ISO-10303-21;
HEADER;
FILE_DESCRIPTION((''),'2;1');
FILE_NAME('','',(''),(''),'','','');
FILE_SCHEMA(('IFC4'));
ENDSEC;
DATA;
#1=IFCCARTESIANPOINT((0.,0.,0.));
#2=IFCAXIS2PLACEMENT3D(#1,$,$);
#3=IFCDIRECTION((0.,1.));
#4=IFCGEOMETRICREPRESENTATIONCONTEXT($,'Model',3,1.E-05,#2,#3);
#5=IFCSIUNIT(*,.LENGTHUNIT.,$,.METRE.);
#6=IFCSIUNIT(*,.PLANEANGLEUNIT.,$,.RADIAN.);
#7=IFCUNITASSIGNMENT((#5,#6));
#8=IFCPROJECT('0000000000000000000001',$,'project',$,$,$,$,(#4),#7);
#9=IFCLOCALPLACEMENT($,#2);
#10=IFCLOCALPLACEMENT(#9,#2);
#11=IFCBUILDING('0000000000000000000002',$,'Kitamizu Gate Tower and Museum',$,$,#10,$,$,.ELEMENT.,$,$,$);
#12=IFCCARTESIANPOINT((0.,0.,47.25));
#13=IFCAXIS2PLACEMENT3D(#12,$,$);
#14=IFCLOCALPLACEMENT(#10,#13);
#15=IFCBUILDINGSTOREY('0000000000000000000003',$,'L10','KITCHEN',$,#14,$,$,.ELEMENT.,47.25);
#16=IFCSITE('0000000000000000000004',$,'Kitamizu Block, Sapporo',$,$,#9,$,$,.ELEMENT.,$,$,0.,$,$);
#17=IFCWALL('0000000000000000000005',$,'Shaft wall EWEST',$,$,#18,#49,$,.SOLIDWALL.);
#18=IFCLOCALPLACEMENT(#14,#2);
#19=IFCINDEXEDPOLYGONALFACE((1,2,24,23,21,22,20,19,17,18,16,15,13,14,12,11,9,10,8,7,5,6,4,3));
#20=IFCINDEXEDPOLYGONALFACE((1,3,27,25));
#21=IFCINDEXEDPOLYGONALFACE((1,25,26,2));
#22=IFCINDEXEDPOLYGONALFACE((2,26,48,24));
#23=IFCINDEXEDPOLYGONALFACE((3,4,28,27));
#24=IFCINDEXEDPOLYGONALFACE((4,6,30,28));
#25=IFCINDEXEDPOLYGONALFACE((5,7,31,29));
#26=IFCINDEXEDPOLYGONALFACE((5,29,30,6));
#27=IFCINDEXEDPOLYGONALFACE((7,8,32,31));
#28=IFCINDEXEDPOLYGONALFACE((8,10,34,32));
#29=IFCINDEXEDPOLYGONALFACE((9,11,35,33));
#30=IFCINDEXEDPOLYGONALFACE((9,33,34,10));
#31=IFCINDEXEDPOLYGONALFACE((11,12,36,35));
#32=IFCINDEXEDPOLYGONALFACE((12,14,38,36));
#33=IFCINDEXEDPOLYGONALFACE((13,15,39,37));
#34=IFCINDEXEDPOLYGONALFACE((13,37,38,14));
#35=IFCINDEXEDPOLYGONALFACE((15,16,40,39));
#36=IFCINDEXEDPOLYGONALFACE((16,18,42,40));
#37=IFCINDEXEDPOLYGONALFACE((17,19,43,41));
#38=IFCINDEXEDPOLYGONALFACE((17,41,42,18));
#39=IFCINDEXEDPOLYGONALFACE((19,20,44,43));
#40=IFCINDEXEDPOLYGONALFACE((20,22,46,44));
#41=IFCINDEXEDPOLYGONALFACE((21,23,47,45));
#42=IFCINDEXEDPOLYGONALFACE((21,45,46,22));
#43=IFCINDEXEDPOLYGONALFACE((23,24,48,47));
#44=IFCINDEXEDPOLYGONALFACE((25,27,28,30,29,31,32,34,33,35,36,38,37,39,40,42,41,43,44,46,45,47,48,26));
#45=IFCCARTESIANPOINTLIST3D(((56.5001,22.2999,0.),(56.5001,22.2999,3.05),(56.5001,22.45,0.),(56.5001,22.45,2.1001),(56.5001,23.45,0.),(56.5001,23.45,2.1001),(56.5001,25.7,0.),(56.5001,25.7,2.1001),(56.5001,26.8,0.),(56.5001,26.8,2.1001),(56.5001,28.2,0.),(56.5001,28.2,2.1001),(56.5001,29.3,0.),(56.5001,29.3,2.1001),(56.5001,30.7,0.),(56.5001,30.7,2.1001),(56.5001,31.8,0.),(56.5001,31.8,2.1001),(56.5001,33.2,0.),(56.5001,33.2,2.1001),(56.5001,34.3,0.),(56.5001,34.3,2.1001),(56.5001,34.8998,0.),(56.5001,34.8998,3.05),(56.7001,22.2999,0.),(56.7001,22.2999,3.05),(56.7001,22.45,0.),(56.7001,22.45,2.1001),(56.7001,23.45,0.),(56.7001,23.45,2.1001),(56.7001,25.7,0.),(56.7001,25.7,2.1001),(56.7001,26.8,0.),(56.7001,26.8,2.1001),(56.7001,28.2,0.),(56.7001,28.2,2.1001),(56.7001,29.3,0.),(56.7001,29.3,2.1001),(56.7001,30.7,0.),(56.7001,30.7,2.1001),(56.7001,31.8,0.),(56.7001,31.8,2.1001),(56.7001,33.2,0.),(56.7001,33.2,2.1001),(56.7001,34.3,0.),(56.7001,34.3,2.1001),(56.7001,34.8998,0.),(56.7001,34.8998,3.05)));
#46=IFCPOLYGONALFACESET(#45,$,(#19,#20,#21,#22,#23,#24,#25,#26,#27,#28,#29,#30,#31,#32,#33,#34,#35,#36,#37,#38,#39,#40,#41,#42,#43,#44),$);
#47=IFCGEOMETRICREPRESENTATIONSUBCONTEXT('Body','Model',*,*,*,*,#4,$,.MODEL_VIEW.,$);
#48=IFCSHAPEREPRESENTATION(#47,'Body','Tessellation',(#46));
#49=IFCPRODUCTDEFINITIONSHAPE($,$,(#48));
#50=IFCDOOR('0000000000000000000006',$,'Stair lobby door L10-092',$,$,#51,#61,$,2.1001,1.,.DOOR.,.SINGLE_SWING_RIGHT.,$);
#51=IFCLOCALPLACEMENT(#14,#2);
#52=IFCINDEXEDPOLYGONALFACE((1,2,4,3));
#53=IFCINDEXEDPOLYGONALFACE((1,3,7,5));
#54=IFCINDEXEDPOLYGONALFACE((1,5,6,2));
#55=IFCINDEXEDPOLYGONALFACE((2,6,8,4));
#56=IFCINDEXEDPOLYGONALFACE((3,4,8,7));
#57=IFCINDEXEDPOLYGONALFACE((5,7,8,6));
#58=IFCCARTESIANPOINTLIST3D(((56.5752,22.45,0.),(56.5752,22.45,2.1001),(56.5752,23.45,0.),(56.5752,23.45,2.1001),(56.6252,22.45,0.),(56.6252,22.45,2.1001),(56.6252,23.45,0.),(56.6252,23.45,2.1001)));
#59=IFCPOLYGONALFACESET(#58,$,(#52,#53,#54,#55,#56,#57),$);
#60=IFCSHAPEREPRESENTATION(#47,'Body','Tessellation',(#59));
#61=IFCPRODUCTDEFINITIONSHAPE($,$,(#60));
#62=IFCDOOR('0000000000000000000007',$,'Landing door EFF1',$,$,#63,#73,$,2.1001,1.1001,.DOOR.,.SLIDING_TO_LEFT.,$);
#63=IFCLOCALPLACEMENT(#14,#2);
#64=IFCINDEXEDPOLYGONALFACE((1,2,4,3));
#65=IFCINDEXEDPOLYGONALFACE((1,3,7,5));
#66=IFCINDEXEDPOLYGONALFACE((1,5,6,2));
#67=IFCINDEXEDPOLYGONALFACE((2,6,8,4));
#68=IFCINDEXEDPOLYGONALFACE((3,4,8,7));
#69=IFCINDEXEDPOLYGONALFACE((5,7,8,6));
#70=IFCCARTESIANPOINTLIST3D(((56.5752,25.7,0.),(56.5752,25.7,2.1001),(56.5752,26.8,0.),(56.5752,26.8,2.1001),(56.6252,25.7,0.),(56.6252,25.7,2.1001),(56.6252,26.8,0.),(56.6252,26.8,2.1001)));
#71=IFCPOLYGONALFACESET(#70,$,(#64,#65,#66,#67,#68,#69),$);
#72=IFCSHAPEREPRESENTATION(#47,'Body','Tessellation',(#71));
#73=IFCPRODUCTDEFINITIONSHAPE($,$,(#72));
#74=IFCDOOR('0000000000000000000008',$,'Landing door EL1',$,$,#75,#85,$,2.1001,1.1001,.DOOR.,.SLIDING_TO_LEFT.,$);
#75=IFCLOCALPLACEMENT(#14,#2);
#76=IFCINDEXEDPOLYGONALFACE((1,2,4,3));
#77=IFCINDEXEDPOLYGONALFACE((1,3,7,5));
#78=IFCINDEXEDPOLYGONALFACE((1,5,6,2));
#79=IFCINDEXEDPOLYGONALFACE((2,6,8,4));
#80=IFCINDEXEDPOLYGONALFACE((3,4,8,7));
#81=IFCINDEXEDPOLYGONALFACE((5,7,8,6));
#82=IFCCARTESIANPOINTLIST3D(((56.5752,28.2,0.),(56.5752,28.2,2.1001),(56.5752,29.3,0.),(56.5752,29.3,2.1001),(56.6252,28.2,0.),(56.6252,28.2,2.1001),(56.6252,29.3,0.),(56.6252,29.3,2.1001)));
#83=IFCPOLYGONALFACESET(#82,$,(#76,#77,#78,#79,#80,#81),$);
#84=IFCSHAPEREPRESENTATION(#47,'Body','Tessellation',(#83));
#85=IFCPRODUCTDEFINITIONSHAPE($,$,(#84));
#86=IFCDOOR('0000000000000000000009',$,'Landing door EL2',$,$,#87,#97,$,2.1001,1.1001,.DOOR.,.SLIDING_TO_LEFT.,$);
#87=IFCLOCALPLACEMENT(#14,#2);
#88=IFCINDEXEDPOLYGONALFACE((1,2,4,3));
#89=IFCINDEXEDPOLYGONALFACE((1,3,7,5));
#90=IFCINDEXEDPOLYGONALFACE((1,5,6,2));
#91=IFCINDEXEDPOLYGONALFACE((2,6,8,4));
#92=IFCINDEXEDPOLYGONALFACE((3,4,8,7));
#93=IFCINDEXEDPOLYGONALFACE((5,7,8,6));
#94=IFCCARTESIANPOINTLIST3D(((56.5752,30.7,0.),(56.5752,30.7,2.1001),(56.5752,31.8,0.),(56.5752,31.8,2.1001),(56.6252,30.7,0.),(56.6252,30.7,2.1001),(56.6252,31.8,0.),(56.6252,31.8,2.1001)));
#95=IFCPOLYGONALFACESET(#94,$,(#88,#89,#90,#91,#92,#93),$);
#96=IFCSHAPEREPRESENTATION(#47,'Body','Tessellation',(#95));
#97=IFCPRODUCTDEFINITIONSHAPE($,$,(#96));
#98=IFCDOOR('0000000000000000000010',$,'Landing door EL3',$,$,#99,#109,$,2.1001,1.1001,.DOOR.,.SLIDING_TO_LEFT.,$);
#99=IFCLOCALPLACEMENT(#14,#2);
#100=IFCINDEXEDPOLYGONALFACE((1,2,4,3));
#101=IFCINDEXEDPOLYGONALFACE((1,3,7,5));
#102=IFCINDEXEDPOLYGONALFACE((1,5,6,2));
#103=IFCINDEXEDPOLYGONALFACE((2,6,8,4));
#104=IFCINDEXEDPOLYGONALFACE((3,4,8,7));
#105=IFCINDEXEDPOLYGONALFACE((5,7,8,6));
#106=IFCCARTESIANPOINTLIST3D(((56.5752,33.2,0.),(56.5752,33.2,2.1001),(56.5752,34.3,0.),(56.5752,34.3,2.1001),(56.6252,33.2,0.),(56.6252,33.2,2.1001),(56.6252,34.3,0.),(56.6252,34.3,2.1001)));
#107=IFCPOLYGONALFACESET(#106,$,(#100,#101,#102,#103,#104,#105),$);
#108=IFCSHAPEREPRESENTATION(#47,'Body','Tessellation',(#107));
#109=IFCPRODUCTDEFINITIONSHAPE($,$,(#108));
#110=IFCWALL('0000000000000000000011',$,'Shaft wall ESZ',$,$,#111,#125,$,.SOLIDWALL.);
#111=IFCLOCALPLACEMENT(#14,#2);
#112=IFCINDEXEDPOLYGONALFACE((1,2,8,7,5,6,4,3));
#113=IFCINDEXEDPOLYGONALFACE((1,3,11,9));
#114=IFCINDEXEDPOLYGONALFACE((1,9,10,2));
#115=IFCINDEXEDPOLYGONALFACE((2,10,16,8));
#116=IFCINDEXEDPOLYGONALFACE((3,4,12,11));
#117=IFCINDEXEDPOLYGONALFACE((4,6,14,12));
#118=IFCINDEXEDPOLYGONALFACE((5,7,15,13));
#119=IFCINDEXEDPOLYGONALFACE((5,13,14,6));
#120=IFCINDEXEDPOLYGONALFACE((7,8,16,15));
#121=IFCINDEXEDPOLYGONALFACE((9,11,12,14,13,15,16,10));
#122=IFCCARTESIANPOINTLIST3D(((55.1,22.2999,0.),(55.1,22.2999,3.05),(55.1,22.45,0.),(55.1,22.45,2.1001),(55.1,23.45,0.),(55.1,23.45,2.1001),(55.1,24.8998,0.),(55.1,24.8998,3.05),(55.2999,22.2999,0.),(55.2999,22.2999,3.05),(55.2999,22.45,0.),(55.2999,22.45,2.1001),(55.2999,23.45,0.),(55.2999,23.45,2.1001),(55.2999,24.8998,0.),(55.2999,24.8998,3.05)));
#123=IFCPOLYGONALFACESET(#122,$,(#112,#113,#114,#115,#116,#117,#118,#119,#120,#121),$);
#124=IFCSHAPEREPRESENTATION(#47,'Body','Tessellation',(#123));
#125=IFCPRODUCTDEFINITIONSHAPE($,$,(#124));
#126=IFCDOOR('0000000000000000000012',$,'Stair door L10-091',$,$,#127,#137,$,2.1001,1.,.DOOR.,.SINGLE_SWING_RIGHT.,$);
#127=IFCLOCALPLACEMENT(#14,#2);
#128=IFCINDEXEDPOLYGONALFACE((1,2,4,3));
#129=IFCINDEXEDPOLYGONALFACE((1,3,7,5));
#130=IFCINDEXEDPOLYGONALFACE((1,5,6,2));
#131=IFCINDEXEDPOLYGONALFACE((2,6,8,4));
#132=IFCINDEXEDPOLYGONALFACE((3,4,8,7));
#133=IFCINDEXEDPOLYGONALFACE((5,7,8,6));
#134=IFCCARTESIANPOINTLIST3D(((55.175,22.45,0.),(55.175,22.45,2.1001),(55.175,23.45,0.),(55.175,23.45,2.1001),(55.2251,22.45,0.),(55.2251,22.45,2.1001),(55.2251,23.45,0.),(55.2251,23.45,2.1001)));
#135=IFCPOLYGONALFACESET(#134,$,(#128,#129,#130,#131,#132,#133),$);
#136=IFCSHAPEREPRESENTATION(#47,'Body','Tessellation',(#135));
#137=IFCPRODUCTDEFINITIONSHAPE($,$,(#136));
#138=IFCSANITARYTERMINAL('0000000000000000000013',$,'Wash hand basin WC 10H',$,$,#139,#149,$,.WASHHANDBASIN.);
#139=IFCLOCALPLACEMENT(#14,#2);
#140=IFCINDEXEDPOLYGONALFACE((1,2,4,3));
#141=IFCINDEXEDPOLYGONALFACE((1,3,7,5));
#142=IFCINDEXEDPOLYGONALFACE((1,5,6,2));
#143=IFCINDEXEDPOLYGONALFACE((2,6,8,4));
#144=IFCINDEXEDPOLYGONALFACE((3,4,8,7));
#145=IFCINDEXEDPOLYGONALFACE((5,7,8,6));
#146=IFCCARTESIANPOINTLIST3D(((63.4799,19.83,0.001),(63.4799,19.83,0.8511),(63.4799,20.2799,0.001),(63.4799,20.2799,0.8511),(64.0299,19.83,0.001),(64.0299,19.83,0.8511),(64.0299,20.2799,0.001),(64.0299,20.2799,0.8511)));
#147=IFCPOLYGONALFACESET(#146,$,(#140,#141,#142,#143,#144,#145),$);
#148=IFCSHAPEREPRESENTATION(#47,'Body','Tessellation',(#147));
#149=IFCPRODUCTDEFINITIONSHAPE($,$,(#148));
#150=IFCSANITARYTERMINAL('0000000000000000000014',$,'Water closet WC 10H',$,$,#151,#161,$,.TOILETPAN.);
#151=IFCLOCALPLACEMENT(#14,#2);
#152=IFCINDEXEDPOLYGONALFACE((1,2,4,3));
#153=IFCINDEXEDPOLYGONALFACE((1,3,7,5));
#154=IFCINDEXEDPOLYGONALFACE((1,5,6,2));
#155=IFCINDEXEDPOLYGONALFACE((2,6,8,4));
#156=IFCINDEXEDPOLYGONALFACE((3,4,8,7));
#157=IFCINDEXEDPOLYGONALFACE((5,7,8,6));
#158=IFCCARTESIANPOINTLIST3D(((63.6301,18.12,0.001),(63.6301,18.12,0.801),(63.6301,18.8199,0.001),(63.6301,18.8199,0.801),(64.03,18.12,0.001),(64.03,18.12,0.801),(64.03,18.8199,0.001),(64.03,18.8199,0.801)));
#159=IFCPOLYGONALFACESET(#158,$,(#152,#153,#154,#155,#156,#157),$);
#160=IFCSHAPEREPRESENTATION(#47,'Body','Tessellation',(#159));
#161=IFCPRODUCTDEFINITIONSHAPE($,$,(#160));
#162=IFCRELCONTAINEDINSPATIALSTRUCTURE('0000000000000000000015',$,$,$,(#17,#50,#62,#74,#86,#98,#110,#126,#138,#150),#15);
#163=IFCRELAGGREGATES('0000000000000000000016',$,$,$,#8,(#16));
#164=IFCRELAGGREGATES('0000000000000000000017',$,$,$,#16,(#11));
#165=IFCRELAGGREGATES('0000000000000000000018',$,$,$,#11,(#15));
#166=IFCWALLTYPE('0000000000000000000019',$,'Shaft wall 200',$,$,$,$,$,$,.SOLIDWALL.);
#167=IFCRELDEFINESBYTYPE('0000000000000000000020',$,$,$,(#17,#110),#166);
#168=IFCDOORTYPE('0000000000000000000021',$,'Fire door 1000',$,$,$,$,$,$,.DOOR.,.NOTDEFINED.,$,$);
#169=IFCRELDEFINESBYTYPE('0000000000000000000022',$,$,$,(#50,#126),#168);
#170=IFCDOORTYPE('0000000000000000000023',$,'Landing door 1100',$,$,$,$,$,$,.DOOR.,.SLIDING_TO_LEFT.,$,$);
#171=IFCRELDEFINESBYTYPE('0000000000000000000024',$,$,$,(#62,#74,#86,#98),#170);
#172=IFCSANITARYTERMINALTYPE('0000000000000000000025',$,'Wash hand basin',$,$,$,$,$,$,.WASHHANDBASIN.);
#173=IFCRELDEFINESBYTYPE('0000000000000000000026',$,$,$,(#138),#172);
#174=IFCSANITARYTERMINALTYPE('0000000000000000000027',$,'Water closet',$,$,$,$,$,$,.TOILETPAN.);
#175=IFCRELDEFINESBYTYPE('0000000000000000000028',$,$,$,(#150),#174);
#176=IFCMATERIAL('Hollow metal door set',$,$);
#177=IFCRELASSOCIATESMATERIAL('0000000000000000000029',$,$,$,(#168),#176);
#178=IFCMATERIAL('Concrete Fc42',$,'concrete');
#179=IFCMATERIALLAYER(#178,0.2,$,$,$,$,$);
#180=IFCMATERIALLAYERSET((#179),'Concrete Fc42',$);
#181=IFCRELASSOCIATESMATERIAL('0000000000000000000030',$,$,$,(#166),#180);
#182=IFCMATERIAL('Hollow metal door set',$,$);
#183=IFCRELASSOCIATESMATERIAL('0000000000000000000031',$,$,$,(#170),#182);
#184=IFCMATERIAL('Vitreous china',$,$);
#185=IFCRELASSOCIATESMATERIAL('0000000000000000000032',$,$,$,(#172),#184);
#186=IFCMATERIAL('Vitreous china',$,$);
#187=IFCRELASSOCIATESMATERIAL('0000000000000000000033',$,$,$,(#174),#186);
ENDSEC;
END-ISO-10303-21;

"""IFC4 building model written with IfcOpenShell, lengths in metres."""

from ifc_helpers import new_model, si_unit, direction, frame, frame_2d, origin, origin_2d, place, context, subcontext, project, spatial, rectangle, extrude, material, layer, layer_set, type_object, element, fill, save


model = new_model("IFC4")

# Units and contexts
model_context = context("Model", 3, precision=1e-05, world=origin(), true_north=direction((0.0, 1.0)))
body_context = subcontext(model_context, "Body", "Model", "MODEL_VIEW")
ifc_project = project(units=[si_unit("LENGTHUNIT", "METRE"), si_unit("PLANEANGLEUNIT", "RADIAN")], contexts=[model_context])

# Site, building, storey
site_placement = place(None, origin())
site = spatial("IfcSite", under=ifc_project, at=site_placement, Name="Kitamizu Block, Sapporo", CompositionType="ELEMENT", RefElevation=0.0)
building_placement = place(site_placement, origin())
building = spatial("IfcBuilding", under=site, at=building_placement, Name="Kitamizu Gate Tower and Museum", CompositionType="ELEMENT")
storey_placement = place(building_placement, frame((0.0, 0.0, 47.25)))
storey = spatial("IfcBuildingStorey", under=building, at=storey_placement, Name="L10", Description="KITCHEN", CompositionType="ELEMENT", Elevation=47.25)

# Shared definitions
ifc_material_1 = material(Name="Hollow metal door set")
door_type_1 = type_object("IfcDoorType", Name="Fire door 1000", OperationType="NOTDEFINED", PredefinedType="DOOR", material=ifc_material_1)

# Wall, openings, doors
ifc_material_2 = material(Name="Concrete Fc42", Category="concrete")
ifc_layer_1 = layer(ifc_material_2, 0.2)
ifc_layer_set_1 = layer_set([ifc_layer_1], Name="Concrete Fc42")
wall_type_1 = type_object("IfcWallType", Name="Shaft wall 200", PredefinedType="SOLIDWALL", material=ifc_layer_set_1)
wall_1_placement = place(storey_placement, frame((56.6001, 22.3, 0.0), z_axis=(0.0, 0.0, 1.0), x_axis=(0.0, 1.0, 0.0)))
wall_1 = element("IfcWall", 1, at=wall_1_placement, inside=storey, type_object=wall_type_1, Name="Shaft wall EWEST", PredefinedType="SOLIDWALL", context=body_context, shape_type="SweptSolid", body=[
    extrude(rectangle(XDim=12.5999, YDim=0.2, at=frame_2d((6.2998, 0.0))), origin(), (0.0, 0.0, 1.0), 3.05),
])
opening_1_placement = place(wall_1_placement, frame((3.3999, 0.0, 0.0)))
opening_1 = element("IfcOpeningElement", 2, at=opening_1_placement, cuts=wall_1, PredefinedType="OPENING", context=body_context, shape_type="SweptSolid", body=[
    extrude(rectangle(XDim=1.1001, YDim=2.1001, at=frame_2d((0.55, 1.05))), frame((0.0, 0.1099, 0.0), z_axis=(0.0, -1.0, 0.0), x_axis=(1.0, 0.0, 0.0)), (0.0, 0.0, 1.0), 0.22),
])
opening_2_placement = place(wall_1_placement, frame((5.8999, 0.0, 0.0)))
opening_2 = element("IfcOpeningElement", 3, at=opening_2_placement, cuts=wall_1, PredefinedType="OPENING", context=body_context, shape_type="SweptSolid", body=[
    extrude(rectangle(XDim=1.1001, YDim=2.1001, at=frame_2d((0.55, 1.05))), frame((0.0, 0.1099, 0.0), z_axis=(0.0, -1.0, 0.0), x_axis=(1.0, 0.0, 0.0)), (0.0, 0.0, 1.0), 0.22),
])
opening_3_placement = place(wall_1_placement, frame((8.3999, 0.0, 0.0)))
opening_3 = element("IfcOpeningElement", 4, at=opening_3_placement, cuts=wall_1, PredefinedType="OPENING", context=body_context, shape_type="SweptSolid", body=[
    extrude(rectangle(XDim=1.1001, YDim=2.1001, at=frame_2d((0.55, 1.05))), frame((0.0, 0.1099, 0.0), z_axis=(0.0, -1.0, 0.0), x_axis=(1.0, 0.0, 0.0)), (0.0, 0.0, 1.0), 0.22),
])
opening_4_placement = place(wall_1_placement, frame((10.8999, 0.0, 0.0)))
opening_4 = element("IfcOpeningElement", 5, at=opening_4_placement, cuts=wall_1, PredefinedType="OPENING", context=body_context, shape_type="SweptSolid", body=[
    extrude(rectangle(XDim=1.1001, YDim=2.1001, at=frame_2d((0.55, 1.05))), frame((0.0, 0.1099, 0.0), z_axis=(0.0, -1.0, 0.0), x_axis=(1.0, 0.0, 0.0)), (0.0, 0.0, 1.0), 0.22),
])
opening_5_placement = place(wall_1_placement, frame((0.1499, 0.0, 0.0)))
opening_5 = element("IfcOpeningElement", 6, at=opening_5_placement, cuts=wall_1, PredefinedType="OPENING", context=body_context, shape_type="SweptSolid", body=[
    extrude(rectangle(XDim=1.0, YDim=2.1001, at=frame_2d((0.5, 1.05))), frame((0.0, 0.1099, 0.0), z_axis=(0.0, -1.0, 0.0), x_axis=(1.0, 0.0, 0.0)), (0.0, 0.0, 1.0), 0.22),
])
door_1_placement = place(opening_5_placement, origin())
door_1 = element("IfcDoor", 7, at=door_1_placement, inside=storey, type_object=door_type_1, Name="Stair lobby door L10-092", OperationType="SINGLE_SWING_RIGHT", OverallHeight=2.1001, OverallWidth=1.0, PredefinedType="DOOR", context=body_context, shape_type="SweptSolid", body=[
    extrude(rectangle(XDim=1.0, YDim=2.1001, at=frame_2d((0.5, 1.05))), frame((0.0, 0.0249, 0.0), z_axis=(0.0, -1.0, 0.0), x_axis=(1.0, 0.0, 0.0)), (0.0, 0.0, 1.0), 0.05),
])
fill(opening_5, door_1)
ifc_material_3 = material(Name="Hollow metal door set")
door_type_2 = type_object("IfcDoorType", Name="Landing door 1100", OperationType="SLIDING_TO_LEFT", PredefinedType="DOOR", material=ifc_material_3)
door_2_placement = place(opening_1_placement, origin())
door_2 = element("IfcDoor", 8, at=door_2_placement, inside=storey, type_object=door_type_2, Name="Landing door EFF1", OperationType="SLIDING_TO_LEFT", OverallHeight=2.1001, OverallWidth=1.1001, PredefinedType="DOOR", context=body_context, shape_type="SweptSolid", body=[
    extrude(rectangle(XDim=1.1001, YDim=2.1001, at=frame_2d((0.55, 1.05))), frame((0.0, 0.0249, 0.0), z_axis=(0.0, -1.0, 0.0), x_axis=(1.0, 0.0, 0.0)), (0.0, 0.0, 1.0), 0.05),
])
fill(opening_1, door_2)
door_3_placement = place(opening_2_placement, origin())
door_3 = element("IfcDoor", 9, at=door_3_placement, inside=storey, type_object=door_type_2, Name="Landing door EL1", OperationType="SLIDING_TO_LEFT", OverallHeight=2.1001, OverallWidth=1.1001, PredefinedType="DOOR", context=body_context, shape_type="SweptSolid", body=[
    extrude(rectangle(XDim=1.1001, YDim=2.1001, at=frame_2d((0.55, 1.05))), frame((0.0, 0.0249, 0.0), z_axis=(0.0, -1.0, 0.0), x_axis=(1.0, 0.0, 0.0)), (0.0, 0.0, 1.0), 0.05),
])
fill(opening_2, door_3)
door_4_placement = place(opening_3_placement, origin())
door_4 = element("IfcDoor", 10, at=door_4_placement, inside=storey, type_object=door_type_2, Name="Landing door EL2", OperationType="SLIDING_TO_LEFT", OverallHeight=2.1001, OverallWidth=1.1001, PredefinedType="DOOR", context=body_context, shape_type="SweptSolid", body=[
    extrude(rectangle(XDim=1.1001, YDim=2.1001, at=frame_2d((0.55, 1.05))), frame((0.0, 0.0249, 0.0), z_axis=(0.0, -1.0, 0.0), x_axis=(1.0, 0.0, 0.0)), (0.0, 0.0, 1.0), 0.05),
])
fill(opening_3, door_4)
door_5_placement = place(opening_4_placement, origin())
door_5 = element("IfcDoor", 11, at=door_5_placement, inside=storey, type_object=door_type_2, Name="Landing door EL3", OperationType="SLIDING_TO_LEFT", OverallHeight=2.1001, OverallWidth=1.1001, PredefinedType="DOOR", context=body_context, shape_type="SweptSolid", body=[
    extrude(rectangle(XDim=1.1001, YDim=2.1001, at=frame_2d((0.55, 1.05))), frame((0.0, 0.0249, 0.0), z_axis=(0.0, -1.0, 0.0), x_axis=(1.0, 0.0, 0.0)), (0.0, 0.0, 1.0), 0.05),
])
fill(opening_4, door_5)

# Wall, opening, door
wall_2_placement = place(storey_placement, frame((55.2, 22.3, 0.0), z_axis=(0.0, 0.0, 1.0), x_axis=(0.0, 1.0, 0.0)))
wall_2 = element("IfcWall", 12, at=wall_2_placement, inside=storey, type_object=wall_type_1, Name="Shaft wall ESZ", PredefinedType="SOLIDWALL", context=body_context, shape_type="SweptSolid", body=[
    extrude(rectangle(XDim=2.5999, YDim=0.2, at=frame_2d((1.2998, 0.0))), origin(), (0.0, 0.0, 1.0), 3.05),
])
opening_6_placement = place(wall_2_placement, frame((0.1499, 0.0, 0.0)))
opening_6 = element("IfcOpeningElement", 13, at=opening_6_placement, cuts=wall_2, PredefinedType="OPENING", context=body_context, shape_type="SweptSolid", body=[
    extrude(rectangle(XDim=1.0, YDim=2.1001, at=frame_2d((0.5, 1.05))), frame((0.0, 0.1099, 0.0), z_axis=(0.0, -1.0, 0.0), x_axis=(1.0, 0.0, 0.0)), (0.0, 0.0, 1.0), 0.22),
])
door_6_placement = place(opening_6_placement, origin())
door_6 = element("IfcDoor", 14, at=door_6_placement, inside=storey, type_object=door_type_1, Name="Stair door L10-091", OperationType="SINGLE_SWING_RIGHT", OverallHeight=2.1001, OverallWidth=1.0, PredefinedType="DOOR", context=body_context, shape_type="SweptSolid", body=[
    extrude(rectangle(XDim=1.0, YDim=2.1001, at=frame_2d((0.5, 1.05))), frame((0.0, 0.0249, 0.0), z_axis=(0.0, -1.0, 0.0), x_axis=(1.0, 0.0, 0.0)), (0.0, 0.0, 1.0), 0.05),
])
fill(opening_6, door_6)

# Sanitary terminals
ifc_material_4 = material(Name="Vitreous china")
sanitary_terminal_type_1 = type_object("IfcSanitaryTerminalType", Name="Wash hand basin", PredefinedType="WASHHANDBASIN", material=ifc_material_4)
sanitary_terminal_1_placement = place(storey_placement, frame((63.7549, 20.0549, 0.001), z_axis=(0.0, 0.0, 1.0), x_axis=(1.0, 0.0, 0.0)))
element("IfcSanitaryTerminal", 15, at=sanitary_terminal_1_placement, inside=storey, type_object=sanitary_terminal_type_1, Name="Wash hand basin WC 10H", PredefinedType="WASHHANDBASIN", context=body_context, shape_type="SweptSolid", body=[
    extrude(rectangle(XDim=0.55, YDim=0.45, at=origin_2d()), origin(), (0.0, 0.0, 1.0), 0.8501),
])
ifc_material_5 = material(Name="Vitreous china")
sanitary_terminal_type_2 = type_object("IfcSanitaryTerminalType", Name="Water closet", PredefinedType="TOILETPAN", material=ifc_material_5)
sanitary_terminal_2_placement = place(storey_placement, frame((63.8301, 18.47, 0.001), z_axis=(0.0, 0.0, 1.0), x_axis=(1.0, 0.0, 0.0)))
element("IfcSanitaryTerminal", 16, at=sanitary_terminal_2_placement, inside=storey, type_object=sanitary_terminal_type_2, Name="Water closet WC 10H", PredefinedType="TOILETPAN", context=body_context, shape_type="SweptSolid", body=[
    extrude(rectangle(XDim=0.3999, YDim=0.7, at=origin_2d()), origin(), (0.0, 0.0, 1.0), 0.8),
])

save(model, "model.ifc")
